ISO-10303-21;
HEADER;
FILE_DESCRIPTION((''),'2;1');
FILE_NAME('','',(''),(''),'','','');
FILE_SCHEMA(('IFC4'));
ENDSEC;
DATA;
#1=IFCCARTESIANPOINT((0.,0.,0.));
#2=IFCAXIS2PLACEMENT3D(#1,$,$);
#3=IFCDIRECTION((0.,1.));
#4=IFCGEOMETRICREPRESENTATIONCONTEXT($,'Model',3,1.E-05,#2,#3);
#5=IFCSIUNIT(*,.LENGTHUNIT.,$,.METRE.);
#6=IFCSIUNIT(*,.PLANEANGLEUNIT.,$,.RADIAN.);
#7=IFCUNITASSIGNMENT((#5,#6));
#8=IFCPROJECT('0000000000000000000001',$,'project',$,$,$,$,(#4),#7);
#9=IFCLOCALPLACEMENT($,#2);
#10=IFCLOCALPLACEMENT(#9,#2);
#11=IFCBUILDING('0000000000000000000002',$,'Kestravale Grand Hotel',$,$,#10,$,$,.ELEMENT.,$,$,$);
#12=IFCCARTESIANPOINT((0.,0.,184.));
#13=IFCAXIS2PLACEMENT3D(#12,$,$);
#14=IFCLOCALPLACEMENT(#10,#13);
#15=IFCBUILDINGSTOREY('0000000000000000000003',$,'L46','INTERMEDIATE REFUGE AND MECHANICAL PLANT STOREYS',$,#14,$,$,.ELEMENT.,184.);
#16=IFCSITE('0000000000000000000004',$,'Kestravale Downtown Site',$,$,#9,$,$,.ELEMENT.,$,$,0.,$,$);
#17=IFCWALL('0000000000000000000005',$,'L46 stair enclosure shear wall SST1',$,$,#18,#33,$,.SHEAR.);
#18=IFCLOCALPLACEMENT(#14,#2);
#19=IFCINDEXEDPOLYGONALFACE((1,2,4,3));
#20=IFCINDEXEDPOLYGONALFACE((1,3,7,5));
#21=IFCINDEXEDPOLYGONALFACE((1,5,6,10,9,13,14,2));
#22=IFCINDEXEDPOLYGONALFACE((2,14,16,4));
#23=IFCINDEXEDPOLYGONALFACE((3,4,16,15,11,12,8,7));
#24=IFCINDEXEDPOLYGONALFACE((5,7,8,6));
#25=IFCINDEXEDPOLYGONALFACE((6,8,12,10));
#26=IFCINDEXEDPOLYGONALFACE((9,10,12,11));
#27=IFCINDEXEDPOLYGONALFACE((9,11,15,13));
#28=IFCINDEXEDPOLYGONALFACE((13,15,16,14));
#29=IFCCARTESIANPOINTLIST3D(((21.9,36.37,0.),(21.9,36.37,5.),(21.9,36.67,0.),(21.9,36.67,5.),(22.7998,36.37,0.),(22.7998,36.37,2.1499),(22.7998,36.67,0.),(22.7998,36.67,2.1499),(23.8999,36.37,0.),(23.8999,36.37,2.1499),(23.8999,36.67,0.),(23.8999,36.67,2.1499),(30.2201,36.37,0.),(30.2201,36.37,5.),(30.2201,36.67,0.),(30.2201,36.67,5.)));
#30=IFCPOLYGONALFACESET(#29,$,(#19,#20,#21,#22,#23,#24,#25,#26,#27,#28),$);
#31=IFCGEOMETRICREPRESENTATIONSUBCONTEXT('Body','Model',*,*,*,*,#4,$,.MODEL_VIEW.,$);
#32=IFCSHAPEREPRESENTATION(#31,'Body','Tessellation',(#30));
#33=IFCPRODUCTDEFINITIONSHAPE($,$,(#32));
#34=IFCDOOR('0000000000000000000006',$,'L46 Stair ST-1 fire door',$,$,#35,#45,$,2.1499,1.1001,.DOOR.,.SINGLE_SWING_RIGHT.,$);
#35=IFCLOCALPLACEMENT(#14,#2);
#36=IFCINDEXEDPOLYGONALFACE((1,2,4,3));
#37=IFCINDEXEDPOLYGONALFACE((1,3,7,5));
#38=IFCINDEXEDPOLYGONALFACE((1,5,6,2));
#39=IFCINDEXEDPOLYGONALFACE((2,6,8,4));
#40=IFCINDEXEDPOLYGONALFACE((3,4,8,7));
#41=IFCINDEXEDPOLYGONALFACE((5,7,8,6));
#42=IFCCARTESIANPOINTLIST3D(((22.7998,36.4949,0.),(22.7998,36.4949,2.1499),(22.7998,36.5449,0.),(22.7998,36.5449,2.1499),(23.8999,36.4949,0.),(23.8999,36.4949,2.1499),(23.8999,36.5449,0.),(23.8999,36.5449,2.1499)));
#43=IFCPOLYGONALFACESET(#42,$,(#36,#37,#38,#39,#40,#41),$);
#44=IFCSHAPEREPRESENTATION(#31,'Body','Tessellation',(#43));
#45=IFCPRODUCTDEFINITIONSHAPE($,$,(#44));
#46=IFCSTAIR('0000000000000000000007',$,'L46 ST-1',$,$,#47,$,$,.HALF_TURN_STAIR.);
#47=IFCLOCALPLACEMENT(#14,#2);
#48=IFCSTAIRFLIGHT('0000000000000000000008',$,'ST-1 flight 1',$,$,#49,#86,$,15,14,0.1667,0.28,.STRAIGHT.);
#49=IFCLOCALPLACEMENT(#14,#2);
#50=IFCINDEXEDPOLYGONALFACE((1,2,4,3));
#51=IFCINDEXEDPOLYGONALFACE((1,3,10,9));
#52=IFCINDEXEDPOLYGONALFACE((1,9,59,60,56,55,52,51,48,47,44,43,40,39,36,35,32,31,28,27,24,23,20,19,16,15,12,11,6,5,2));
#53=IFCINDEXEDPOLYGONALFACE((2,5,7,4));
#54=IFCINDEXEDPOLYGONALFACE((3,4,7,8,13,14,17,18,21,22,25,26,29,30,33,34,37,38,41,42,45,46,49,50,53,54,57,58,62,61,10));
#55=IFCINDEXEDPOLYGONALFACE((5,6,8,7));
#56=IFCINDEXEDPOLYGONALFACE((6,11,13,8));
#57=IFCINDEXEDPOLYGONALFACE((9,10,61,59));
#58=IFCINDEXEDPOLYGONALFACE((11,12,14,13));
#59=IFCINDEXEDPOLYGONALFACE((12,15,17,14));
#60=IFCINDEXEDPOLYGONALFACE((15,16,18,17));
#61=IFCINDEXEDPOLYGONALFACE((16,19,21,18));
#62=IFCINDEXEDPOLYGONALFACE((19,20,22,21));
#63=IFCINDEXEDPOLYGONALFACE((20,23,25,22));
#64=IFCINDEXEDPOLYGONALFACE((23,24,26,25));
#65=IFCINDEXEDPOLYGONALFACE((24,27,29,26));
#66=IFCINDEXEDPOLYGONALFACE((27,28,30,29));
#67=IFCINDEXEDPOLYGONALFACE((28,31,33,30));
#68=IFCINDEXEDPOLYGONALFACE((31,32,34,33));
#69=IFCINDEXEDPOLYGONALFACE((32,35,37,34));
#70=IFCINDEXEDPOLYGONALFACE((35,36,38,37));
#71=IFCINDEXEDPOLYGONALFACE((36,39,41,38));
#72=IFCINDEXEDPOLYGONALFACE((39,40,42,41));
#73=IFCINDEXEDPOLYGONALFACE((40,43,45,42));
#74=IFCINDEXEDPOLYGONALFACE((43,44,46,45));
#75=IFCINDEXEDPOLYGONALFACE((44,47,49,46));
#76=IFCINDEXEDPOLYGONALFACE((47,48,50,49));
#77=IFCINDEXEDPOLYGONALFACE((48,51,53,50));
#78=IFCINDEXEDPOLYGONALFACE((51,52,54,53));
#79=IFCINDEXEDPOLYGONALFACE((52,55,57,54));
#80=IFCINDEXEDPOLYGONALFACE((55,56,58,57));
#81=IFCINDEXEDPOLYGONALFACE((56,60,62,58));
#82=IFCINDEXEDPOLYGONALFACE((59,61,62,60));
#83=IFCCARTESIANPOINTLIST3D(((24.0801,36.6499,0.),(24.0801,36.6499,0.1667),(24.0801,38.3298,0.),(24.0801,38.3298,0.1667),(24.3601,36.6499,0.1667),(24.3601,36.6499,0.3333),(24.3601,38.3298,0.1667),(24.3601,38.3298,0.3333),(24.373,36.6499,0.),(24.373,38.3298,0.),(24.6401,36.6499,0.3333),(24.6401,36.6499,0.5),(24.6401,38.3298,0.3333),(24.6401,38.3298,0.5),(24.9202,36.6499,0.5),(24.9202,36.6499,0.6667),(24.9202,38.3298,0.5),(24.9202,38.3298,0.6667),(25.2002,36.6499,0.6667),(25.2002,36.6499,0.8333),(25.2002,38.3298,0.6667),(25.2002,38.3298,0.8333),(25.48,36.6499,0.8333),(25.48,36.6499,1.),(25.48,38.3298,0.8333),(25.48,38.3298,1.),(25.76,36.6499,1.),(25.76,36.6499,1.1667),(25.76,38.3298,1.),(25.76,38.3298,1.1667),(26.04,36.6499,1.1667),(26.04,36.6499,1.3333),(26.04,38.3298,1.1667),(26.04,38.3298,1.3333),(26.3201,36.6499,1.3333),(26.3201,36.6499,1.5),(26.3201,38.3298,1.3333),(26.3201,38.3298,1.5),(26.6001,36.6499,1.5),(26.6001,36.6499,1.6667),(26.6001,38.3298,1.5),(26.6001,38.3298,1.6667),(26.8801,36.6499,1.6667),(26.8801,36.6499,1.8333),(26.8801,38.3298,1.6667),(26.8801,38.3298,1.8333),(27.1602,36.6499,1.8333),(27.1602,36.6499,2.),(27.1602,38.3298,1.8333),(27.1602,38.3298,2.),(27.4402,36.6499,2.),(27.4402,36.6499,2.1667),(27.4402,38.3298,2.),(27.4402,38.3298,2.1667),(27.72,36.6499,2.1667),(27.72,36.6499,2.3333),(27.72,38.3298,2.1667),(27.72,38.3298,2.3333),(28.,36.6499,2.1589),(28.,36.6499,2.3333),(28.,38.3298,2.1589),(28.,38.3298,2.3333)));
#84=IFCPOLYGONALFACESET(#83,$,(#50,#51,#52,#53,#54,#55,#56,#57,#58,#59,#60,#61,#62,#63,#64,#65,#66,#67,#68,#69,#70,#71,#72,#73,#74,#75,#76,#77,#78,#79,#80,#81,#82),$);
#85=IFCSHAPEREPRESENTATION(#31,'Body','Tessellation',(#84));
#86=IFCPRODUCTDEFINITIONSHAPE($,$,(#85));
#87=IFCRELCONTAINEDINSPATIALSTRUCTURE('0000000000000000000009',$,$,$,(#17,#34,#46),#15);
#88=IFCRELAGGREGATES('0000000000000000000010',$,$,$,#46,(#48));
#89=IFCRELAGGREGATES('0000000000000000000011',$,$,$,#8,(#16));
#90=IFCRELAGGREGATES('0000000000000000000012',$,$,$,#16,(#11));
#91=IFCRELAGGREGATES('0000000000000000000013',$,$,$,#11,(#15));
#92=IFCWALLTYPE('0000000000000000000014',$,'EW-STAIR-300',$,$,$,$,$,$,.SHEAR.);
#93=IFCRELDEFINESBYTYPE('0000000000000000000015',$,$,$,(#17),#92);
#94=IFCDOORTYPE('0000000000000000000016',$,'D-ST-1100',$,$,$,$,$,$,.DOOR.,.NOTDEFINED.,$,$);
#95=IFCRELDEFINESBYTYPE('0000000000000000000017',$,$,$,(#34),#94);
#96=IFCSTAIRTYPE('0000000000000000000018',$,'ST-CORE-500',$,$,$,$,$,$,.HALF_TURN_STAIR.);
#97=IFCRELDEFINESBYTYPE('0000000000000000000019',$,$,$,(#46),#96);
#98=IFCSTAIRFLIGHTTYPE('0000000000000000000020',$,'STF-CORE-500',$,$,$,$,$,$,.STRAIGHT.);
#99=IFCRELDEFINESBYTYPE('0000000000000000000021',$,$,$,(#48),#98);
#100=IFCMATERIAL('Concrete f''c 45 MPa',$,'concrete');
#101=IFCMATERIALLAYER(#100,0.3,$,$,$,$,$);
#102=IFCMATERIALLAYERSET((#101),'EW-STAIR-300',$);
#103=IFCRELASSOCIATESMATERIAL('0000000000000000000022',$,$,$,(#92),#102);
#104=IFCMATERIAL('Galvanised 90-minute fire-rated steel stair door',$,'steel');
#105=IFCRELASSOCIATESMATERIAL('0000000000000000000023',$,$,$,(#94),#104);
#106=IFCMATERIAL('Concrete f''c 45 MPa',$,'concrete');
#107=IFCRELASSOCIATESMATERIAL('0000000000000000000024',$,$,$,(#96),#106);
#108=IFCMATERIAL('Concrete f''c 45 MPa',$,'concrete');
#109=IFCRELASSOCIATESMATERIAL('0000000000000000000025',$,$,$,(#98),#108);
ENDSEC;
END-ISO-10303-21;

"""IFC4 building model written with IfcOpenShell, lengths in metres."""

from ifc_helpers import new_model, si_unit, direction, frame, frame_2d, origin, place, context, subcontext, project, spatial, polyline, rectangle, outline, extrude, material, layer, layer_set, type_object, element, fill, aggregate, save


model = new_model("IFC4")

# Units and contexts
model_context = context("Model", 3, precision=1e-05, world=origin(), true_north=direction((0.0, 1.0)))
body_context = subcontext(model_context, "Body", "Model", "MODEL_VIEW")
ifc_project = project(units=[si_unit("LENGTHUNIT", "METRE"), si_unit("PLANEANGLEUNIT", "RADIAN")], contexts=[model_context])

# Site, building, storey
site_placement = place(None, origin())
site = spatial("IfcSite", under=ifc_project, at=site_placement, Name="Kestravale Downtown Site", CompositionType="ELEMENT", RefElevation=0.0)
building_placement = place(site_placement, origin())
building = spatial("IfcBuilding", under=site, at=building_placement, Name="Kestravale Grand Hotel", CompositionType="ELEMENT")
storey_placement = place(building_placement, frame((0.0, 0.0, 184.0)))
storey = spatial("IfcBuildingStorey", under=building, at=storey_placement, Name="L46", Description="INTERMEDIATE REFUGE AND MECHANICAL PLANT STOREYS", CompositionType="ELEMENT", Elevation=184.0)

# Wall, opening, door
ifc_material_1 = material(Name="Concrete f'c 45 MPa", Category="concrete")
ifc_layer_1 = layer(ifc_material_1, 0.3)
ifc_layer_set_1 = layer_set([ifc_layer_1], Name="EW-STAIR-300")
wall_type_1 = type_object("IfcWallType", Name="EW-STAIR-300", PredefinedType="SHEAR", material=ifc_layer_set_1)
wall_1_placement = place(storey_placement, frame((21.8999, 36.52, 0.0), z_axis=(0.0, 0.0, 1.0), x_axis=(1.0, 0.0, 0.0)))
wall_1 = element("IfcWall", 1, at=wall_1_placement, inside=storey, type_object=wall_type_1, Name="L46 stair enclosure shear wall SST1", PredefinedType="SHEAR", context=body_context, shape_type="SweptSolid", body=[
    extrude(rectangle(XDim=8.3201, YDim=0.3, at=frame_2d((4.1602, 0.0))), origin(), (0.0, 0.0, 1.0), 5.0),
])
opening_placement = place(wall_1_placement, frame((0.8999, 0.0, 0.0)))
opening = element("IfcOpeningElement", 2, at=opening_placement, cuts=wall_1, PredefinedType="OPENING", context=body_context, shape_type="SweptSolid", body=[
    extrude(rectangle(XDim=1.1001, YDim=2.1499, at=frame_2d((0.55, 1.075))), frame((0.0, 0.1599, 0.0), z_axis=(0.0, -1.0, 0.0), x_axis=(1.0, 0.0, 0.0)), (0.0, 0.0, 1.0), 0.3201),
])
ifc_material_2 = material(Name="Galvanised 90-minute fire-rated steel stair door", Category="steel")
door_type = type_object("IfcDoorType", Name="D-ST-1100", OperationType="NOTDEFINED", PredefinedType="DOOR", material=ifc_material_2)
door_placement = place(opening_placement, origin())
door = element("IfcDoor", 3, at=door_placement, inside=storey, type_object=door_type, Name="L46 Stair ST-1 fire door", OperationType="SINGLE_SWING_RIGHT", OverallHeight=2.1499, OverallWidth=1.1001, PredefinedType="DOOR", context=body_context, shape_type="SweptSolid", body=[
    extrude(rectangle(XDim=1.1001, YDim=2.1499, at=frame_2d((0.55, 1.075))), frame((0.0, 0.0249, 0.0), z_axis=(0.0, -1.0, 0.0), x_axis=(1.0, 0.0, 0.0)), (0.0, 0.0, 1.0), 0.05),
])
fill(opening, door)

# Stair, stair flight
ifc_material_3 = material(Name="Concrete f'c 45 MPa", Category="concrete")
stair_type = type_object("IfcStairType", Name="ST-CORE-500", PredefinedType="HALF_TURN_STAIR", material=ifc_material_3)
stair_placement = place(storey_placement, origin())
stair = element("IfcStair", 4, at=stair_placement, inside=storey, type_object=stair_type, Name="L46 ST-1", PredefinedType="HALF_TURN_STAIR")
ifc_material_4 = material(Name="Concrete f'c 45 MPa", Category="concrete")
stair_flight_type = type_object("IfcStairFlightType", Name="STF-CORE-500", PredefinedType="STRAIGHT", material=ifc_material_4)
stair_flight_placement = place(storey_placement, frame((24.0801, 37.49, 0.0), z_axis=(0.0, 0.0, 1.0), x_axis=(1.0, 0.0, 0.0)))
stair_flight = element("IfcStairFlight", 5, at=stair_flight_placement, type_object=stair_flight_type, Name="ST-1 flight 1", NumberOfRisers=15, NumberOfTreads=14, PredefinedType="STRAIGHT", RiserHeight=0.1667, TreadLength=0.28, context=body_context, shape_type="SweptSolid", body=[
    extrude(outline(polyline([(0.0, 0.0), (0.0, 0.1667), (0.28, 0.1667), (0.28, 0.3333), (0.5601, 0.3333), (0.5601, 0.5), (0.8401, 0.5), (0.8401, 0.6667), (1.1201, 0.6667), (1.1201, 0.8333), (1.3999, 0.8333), (1.3999, 1.0), (1.6799, 1.0), (1.6799, 1.1667), (1.96, 1.1667), (1.96, 1.3333), (2.24, 1.3333), (2.24, 1.5), (2.52, 1.5), (2.52, 1.6667), (2.8, 1.6667), (2.8, 1.8333), (3.0801, 1.8333), (3.0801, 2.0), (3.3601, 2.0), (3.3601, 2.1667), (3.6399, 2.1667), (3.6399, 2.3333), (3.9199, 2.3333), (3.9199, 2.5), (3.9199, 2.1589), (0.293, 0.0), (0.0, 0.0)])), frame((0.0, 0.8398, 0.0), z_axis=(0.0, -1.0, 0.0), x_axis=(1.0, 0.0, 0.0)), (0.0, 0.0, 1.0), 1.6799),
])
aggregate(stair, [stair_flight])

save(model, "model.ifc")
